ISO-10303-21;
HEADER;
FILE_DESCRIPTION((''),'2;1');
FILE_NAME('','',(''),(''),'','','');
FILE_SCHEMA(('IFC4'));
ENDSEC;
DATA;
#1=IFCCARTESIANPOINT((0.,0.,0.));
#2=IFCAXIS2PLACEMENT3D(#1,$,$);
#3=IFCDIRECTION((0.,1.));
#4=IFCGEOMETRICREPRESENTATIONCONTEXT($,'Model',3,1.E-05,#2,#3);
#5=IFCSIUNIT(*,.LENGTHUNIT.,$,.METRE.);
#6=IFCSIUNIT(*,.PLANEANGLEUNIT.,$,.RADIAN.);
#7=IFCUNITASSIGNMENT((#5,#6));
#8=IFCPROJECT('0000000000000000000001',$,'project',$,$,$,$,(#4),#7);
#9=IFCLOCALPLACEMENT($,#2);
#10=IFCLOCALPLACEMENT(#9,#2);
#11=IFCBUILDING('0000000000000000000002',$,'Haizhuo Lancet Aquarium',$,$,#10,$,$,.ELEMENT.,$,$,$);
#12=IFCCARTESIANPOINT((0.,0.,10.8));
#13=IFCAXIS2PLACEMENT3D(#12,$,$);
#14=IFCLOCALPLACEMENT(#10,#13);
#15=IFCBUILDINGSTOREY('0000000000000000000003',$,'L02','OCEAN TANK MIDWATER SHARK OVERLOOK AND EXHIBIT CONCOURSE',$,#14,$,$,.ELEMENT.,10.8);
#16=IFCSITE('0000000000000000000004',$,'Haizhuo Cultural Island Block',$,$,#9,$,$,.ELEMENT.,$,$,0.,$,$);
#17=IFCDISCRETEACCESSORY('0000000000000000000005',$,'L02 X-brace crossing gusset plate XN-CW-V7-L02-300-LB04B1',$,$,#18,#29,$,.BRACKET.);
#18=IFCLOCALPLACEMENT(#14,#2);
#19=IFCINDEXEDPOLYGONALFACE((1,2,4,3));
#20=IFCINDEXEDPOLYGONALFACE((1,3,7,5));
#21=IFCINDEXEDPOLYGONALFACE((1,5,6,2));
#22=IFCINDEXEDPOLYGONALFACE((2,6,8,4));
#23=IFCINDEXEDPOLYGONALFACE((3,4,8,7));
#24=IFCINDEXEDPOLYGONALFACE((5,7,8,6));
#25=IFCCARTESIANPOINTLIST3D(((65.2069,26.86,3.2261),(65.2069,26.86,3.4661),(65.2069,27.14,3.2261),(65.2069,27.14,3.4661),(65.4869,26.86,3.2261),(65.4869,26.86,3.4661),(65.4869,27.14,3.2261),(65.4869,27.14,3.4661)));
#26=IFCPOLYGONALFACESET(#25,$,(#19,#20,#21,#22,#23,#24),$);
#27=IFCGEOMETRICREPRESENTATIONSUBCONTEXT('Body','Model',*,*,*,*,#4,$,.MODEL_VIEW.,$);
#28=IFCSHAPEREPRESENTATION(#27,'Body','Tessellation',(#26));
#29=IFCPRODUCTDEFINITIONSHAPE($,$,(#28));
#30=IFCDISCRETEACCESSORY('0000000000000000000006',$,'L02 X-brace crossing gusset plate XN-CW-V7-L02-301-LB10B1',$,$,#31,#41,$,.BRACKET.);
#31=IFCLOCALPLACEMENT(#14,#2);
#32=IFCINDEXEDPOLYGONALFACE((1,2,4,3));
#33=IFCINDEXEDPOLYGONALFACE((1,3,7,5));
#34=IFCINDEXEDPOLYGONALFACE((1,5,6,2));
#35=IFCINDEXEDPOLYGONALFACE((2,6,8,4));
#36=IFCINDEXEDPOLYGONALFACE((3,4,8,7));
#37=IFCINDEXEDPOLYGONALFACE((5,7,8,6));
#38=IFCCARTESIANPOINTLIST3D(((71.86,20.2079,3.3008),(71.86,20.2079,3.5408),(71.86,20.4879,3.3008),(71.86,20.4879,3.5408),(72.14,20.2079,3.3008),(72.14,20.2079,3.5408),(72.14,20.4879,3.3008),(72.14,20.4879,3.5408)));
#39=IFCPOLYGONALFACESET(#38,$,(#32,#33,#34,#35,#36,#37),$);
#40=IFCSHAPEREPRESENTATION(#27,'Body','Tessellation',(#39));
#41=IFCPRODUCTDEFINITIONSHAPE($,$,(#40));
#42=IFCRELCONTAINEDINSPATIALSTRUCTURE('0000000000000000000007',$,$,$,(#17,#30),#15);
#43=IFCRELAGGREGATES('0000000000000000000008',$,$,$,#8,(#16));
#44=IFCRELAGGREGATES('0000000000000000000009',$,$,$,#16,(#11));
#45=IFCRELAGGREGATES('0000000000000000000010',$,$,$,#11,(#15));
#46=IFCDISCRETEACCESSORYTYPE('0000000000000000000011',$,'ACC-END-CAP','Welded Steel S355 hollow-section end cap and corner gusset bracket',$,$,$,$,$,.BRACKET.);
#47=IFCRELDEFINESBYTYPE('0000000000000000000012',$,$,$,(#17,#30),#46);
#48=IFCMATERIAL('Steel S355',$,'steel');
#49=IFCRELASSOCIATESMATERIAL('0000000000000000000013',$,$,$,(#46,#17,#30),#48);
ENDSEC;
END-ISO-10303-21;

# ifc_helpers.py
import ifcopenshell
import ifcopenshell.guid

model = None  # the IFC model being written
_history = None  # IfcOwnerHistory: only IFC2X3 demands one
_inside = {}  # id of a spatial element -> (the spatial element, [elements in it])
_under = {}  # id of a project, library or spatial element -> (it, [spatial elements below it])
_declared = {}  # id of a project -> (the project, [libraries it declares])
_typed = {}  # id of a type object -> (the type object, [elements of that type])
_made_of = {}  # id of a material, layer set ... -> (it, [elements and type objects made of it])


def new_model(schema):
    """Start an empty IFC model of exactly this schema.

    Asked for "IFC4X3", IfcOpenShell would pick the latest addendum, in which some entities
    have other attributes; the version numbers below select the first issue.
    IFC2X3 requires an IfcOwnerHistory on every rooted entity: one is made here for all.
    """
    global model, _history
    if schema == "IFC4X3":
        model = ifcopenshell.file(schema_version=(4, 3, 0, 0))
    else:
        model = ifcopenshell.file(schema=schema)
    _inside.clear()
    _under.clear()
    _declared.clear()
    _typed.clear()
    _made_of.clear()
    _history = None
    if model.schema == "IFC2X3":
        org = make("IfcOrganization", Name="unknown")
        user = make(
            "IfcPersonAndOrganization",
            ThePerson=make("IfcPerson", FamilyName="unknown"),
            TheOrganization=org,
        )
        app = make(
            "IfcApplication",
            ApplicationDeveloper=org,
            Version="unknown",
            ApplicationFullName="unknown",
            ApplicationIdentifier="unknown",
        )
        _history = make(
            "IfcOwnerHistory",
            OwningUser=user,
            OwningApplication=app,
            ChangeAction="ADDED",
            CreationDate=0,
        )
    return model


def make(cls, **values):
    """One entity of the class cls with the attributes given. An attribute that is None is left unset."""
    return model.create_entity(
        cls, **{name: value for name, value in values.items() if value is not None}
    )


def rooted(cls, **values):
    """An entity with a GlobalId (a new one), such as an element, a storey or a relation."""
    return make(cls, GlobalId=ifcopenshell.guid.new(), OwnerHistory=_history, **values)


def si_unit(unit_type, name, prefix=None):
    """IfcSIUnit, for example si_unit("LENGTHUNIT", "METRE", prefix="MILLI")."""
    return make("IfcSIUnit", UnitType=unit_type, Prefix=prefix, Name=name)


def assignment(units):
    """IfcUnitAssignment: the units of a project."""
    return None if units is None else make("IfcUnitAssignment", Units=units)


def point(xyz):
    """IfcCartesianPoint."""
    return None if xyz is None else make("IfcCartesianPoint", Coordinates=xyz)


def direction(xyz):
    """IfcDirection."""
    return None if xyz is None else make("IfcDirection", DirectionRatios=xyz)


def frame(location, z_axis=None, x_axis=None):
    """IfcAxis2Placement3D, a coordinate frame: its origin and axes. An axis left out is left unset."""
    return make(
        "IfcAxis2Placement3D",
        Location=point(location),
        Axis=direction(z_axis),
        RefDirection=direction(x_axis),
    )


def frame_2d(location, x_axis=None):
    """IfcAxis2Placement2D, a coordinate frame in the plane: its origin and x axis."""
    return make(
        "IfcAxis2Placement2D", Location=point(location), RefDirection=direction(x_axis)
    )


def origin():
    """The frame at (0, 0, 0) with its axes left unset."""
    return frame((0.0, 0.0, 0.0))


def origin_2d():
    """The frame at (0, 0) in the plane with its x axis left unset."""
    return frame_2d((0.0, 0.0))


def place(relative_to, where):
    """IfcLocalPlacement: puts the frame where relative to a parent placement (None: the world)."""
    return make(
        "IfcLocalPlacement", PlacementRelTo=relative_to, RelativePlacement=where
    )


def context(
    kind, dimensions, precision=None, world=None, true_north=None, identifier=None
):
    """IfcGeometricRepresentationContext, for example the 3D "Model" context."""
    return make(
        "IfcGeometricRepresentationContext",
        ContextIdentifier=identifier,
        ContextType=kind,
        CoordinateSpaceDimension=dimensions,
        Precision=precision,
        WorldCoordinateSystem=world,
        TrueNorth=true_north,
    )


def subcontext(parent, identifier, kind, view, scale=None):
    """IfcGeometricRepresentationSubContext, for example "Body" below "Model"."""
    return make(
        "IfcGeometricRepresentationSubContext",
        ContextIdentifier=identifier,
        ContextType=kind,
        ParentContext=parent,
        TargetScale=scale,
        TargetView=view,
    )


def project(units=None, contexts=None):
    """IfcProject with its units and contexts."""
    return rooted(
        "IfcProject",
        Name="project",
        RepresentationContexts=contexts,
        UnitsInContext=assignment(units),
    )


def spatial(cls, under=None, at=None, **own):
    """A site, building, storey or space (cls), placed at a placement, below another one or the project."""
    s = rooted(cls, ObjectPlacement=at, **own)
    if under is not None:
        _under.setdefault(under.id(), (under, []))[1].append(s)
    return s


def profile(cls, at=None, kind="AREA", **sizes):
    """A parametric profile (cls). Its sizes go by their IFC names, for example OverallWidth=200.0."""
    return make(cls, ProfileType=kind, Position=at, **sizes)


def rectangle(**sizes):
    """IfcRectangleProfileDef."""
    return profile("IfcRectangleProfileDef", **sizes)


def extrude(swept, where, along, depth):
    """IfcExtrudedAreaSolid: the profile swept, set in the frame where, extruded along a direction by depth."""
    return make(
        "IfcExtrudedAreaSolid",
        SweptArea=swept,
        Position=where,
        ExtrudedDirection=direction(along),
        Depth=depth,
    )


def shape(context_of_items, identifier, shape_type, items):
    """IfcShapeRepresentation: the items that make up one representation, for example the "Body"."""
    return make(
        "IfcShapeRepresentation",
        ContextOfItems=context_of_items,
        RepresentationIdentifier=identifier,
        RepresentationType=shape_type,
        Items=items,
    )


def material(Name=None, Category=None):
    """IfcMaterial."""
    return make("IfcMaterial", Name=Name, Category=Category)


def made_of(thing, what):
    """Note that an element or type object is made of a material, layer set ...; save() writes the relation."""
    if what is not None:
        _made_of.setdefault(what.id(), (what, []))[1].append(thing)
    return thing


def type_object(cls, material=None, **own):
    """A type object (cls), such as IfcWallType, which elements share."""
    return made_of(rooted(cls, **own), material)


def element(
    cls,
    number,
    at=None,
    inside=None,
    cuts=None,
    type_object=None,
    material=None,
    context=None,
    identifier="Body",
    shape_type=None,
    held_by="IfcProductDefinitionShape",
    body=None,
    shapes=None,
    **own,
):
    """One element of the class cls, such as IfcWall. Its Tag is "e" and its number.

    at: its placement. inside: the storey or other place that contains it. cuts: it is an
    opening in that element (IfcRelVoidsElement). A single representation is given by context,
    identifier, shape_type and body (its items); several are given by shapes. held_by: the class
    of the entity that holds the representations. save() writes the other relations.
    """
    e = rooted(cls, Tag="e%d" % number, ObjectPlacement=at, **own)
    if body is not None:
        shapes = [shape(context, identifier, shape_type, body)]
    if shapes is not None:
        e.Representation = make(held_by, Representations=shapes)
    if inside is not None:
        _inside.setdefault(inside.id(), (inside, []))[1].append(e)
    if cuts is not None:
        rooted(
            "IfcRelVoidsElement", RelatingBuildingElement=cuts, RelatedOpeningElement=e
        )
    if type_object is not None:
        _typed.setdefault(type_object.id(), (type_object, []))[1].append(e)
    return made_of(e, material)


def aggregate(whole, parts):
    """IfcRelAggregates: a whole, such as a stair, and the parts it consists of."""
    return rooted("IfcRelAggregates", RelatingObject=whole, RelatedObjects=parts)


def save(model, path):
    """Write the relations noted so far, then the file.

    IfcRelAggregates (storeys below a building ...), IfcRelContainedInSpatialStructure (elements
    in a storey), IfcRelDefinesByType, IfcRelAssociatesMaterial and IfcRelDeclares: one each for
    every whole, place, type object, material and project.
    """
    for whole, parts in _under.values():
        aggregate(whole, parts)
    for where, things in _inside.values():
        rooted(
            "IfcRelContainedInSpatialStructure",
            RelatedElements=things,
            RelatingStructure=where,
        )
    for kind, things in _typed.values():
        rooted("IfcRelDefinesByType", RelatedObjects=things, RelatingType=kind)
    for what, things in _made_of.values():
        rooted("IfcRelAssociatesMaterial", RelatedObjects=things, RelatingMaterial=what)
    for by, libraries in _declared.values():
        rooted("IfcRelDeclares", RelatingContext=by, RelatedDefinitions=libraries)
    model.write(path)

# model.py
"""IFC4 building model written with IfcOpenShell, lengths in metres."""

from ifc_helpers import new_model, si_unit, direction, frame, origin, origin_2d, place, context, subcontext, project, spatial, rectangle, extrude, material, type_object, element, save


model = new_model("IFC4")

# Units and contexts
model_context = context("Model", 3, precision=1e-05, world=origin(), true_north=direction((0.0, 1.0)))
body_context = subcontext(model_context, "Body", "Model", "MODEL_VIEW")
ifc_project = project(units=[si_unit("LENGTHUNIT", "METRE"), si_unit("PLANEANGLEUNIT", "RADIAN")], contexts=[model_context])

# Site, building, storey
site_placement = place(None, origin())
site = spatial("IfcSite", under=ifc_project, at=site_placement, Name="Haizhuo Cultural Island Block", CompositionType="ELEMENT", RefElevation=0.0)
building_placement = place(site_placement, origin())
building = spatial("IfcBuilding", under=site, at=building_placement, Name="Haizhuo Lancet Aquarium", CompositionType="ELEMENT")
storey_placement = place(building_placement, frame((0.0, 0.0, 10.8)))
storey = spatial("IfcBuildingStorey", under=building, at=storey_placement, Name="L02", Description="OCEAN TANK MIDWATER SHARK OVERLOOK AND EXHIBIT CONCOURSE", CompositionType="ELEMENT", Elevation=10.8)

# Shared definitions
ifc_material_1 = material(Name="Steel S355", Category="steel")

# Discrete accessories
discrete_accessory_type = type_object("IfcDiscreteAccessoryType", Name="ACC-END-CAP", Description="Welded Steel S355 hollow-section end cap and corner gusset bracket", PredefinedType="BRACKET", material=ifc_material_1)
for number, where, z_axis, x_axis, name in (
    (1, (65.3469, 27.0, 3.2261), (0.0, 0.0, 1.0), (1.0, 0.0, 0.0), "L02 X-brace crossing gusset plate XN-CW-V7-L02-300-LB04B1"),
    (2, (72.0, 20.3479, 3.3008), (0.0, 0.0, 1.0), (1.0, 0.0, 0.0), "L02 X-brace crossing gusset plate XN-CW-V7-L02-301-LB10B1"),
):
    element("IfcDiscreteAccessory", number, at=place(storey_placement, frame(where, z_axis=z_axis, x_axis=x_axis)), inside=storey, type_object=discrete_accessory_type, material=ifc_material_1, Name=name, PredefinedType="BRACKET", context=body_context, shape_type="SweptSolid", body=[
        extrude(rectangle(XDim=0.28, YDim=0.28, at=origin_2d()), origin(), (0.0, 0.0, 1.0), 0.24),
    ])

save(model, "model.ifc")
